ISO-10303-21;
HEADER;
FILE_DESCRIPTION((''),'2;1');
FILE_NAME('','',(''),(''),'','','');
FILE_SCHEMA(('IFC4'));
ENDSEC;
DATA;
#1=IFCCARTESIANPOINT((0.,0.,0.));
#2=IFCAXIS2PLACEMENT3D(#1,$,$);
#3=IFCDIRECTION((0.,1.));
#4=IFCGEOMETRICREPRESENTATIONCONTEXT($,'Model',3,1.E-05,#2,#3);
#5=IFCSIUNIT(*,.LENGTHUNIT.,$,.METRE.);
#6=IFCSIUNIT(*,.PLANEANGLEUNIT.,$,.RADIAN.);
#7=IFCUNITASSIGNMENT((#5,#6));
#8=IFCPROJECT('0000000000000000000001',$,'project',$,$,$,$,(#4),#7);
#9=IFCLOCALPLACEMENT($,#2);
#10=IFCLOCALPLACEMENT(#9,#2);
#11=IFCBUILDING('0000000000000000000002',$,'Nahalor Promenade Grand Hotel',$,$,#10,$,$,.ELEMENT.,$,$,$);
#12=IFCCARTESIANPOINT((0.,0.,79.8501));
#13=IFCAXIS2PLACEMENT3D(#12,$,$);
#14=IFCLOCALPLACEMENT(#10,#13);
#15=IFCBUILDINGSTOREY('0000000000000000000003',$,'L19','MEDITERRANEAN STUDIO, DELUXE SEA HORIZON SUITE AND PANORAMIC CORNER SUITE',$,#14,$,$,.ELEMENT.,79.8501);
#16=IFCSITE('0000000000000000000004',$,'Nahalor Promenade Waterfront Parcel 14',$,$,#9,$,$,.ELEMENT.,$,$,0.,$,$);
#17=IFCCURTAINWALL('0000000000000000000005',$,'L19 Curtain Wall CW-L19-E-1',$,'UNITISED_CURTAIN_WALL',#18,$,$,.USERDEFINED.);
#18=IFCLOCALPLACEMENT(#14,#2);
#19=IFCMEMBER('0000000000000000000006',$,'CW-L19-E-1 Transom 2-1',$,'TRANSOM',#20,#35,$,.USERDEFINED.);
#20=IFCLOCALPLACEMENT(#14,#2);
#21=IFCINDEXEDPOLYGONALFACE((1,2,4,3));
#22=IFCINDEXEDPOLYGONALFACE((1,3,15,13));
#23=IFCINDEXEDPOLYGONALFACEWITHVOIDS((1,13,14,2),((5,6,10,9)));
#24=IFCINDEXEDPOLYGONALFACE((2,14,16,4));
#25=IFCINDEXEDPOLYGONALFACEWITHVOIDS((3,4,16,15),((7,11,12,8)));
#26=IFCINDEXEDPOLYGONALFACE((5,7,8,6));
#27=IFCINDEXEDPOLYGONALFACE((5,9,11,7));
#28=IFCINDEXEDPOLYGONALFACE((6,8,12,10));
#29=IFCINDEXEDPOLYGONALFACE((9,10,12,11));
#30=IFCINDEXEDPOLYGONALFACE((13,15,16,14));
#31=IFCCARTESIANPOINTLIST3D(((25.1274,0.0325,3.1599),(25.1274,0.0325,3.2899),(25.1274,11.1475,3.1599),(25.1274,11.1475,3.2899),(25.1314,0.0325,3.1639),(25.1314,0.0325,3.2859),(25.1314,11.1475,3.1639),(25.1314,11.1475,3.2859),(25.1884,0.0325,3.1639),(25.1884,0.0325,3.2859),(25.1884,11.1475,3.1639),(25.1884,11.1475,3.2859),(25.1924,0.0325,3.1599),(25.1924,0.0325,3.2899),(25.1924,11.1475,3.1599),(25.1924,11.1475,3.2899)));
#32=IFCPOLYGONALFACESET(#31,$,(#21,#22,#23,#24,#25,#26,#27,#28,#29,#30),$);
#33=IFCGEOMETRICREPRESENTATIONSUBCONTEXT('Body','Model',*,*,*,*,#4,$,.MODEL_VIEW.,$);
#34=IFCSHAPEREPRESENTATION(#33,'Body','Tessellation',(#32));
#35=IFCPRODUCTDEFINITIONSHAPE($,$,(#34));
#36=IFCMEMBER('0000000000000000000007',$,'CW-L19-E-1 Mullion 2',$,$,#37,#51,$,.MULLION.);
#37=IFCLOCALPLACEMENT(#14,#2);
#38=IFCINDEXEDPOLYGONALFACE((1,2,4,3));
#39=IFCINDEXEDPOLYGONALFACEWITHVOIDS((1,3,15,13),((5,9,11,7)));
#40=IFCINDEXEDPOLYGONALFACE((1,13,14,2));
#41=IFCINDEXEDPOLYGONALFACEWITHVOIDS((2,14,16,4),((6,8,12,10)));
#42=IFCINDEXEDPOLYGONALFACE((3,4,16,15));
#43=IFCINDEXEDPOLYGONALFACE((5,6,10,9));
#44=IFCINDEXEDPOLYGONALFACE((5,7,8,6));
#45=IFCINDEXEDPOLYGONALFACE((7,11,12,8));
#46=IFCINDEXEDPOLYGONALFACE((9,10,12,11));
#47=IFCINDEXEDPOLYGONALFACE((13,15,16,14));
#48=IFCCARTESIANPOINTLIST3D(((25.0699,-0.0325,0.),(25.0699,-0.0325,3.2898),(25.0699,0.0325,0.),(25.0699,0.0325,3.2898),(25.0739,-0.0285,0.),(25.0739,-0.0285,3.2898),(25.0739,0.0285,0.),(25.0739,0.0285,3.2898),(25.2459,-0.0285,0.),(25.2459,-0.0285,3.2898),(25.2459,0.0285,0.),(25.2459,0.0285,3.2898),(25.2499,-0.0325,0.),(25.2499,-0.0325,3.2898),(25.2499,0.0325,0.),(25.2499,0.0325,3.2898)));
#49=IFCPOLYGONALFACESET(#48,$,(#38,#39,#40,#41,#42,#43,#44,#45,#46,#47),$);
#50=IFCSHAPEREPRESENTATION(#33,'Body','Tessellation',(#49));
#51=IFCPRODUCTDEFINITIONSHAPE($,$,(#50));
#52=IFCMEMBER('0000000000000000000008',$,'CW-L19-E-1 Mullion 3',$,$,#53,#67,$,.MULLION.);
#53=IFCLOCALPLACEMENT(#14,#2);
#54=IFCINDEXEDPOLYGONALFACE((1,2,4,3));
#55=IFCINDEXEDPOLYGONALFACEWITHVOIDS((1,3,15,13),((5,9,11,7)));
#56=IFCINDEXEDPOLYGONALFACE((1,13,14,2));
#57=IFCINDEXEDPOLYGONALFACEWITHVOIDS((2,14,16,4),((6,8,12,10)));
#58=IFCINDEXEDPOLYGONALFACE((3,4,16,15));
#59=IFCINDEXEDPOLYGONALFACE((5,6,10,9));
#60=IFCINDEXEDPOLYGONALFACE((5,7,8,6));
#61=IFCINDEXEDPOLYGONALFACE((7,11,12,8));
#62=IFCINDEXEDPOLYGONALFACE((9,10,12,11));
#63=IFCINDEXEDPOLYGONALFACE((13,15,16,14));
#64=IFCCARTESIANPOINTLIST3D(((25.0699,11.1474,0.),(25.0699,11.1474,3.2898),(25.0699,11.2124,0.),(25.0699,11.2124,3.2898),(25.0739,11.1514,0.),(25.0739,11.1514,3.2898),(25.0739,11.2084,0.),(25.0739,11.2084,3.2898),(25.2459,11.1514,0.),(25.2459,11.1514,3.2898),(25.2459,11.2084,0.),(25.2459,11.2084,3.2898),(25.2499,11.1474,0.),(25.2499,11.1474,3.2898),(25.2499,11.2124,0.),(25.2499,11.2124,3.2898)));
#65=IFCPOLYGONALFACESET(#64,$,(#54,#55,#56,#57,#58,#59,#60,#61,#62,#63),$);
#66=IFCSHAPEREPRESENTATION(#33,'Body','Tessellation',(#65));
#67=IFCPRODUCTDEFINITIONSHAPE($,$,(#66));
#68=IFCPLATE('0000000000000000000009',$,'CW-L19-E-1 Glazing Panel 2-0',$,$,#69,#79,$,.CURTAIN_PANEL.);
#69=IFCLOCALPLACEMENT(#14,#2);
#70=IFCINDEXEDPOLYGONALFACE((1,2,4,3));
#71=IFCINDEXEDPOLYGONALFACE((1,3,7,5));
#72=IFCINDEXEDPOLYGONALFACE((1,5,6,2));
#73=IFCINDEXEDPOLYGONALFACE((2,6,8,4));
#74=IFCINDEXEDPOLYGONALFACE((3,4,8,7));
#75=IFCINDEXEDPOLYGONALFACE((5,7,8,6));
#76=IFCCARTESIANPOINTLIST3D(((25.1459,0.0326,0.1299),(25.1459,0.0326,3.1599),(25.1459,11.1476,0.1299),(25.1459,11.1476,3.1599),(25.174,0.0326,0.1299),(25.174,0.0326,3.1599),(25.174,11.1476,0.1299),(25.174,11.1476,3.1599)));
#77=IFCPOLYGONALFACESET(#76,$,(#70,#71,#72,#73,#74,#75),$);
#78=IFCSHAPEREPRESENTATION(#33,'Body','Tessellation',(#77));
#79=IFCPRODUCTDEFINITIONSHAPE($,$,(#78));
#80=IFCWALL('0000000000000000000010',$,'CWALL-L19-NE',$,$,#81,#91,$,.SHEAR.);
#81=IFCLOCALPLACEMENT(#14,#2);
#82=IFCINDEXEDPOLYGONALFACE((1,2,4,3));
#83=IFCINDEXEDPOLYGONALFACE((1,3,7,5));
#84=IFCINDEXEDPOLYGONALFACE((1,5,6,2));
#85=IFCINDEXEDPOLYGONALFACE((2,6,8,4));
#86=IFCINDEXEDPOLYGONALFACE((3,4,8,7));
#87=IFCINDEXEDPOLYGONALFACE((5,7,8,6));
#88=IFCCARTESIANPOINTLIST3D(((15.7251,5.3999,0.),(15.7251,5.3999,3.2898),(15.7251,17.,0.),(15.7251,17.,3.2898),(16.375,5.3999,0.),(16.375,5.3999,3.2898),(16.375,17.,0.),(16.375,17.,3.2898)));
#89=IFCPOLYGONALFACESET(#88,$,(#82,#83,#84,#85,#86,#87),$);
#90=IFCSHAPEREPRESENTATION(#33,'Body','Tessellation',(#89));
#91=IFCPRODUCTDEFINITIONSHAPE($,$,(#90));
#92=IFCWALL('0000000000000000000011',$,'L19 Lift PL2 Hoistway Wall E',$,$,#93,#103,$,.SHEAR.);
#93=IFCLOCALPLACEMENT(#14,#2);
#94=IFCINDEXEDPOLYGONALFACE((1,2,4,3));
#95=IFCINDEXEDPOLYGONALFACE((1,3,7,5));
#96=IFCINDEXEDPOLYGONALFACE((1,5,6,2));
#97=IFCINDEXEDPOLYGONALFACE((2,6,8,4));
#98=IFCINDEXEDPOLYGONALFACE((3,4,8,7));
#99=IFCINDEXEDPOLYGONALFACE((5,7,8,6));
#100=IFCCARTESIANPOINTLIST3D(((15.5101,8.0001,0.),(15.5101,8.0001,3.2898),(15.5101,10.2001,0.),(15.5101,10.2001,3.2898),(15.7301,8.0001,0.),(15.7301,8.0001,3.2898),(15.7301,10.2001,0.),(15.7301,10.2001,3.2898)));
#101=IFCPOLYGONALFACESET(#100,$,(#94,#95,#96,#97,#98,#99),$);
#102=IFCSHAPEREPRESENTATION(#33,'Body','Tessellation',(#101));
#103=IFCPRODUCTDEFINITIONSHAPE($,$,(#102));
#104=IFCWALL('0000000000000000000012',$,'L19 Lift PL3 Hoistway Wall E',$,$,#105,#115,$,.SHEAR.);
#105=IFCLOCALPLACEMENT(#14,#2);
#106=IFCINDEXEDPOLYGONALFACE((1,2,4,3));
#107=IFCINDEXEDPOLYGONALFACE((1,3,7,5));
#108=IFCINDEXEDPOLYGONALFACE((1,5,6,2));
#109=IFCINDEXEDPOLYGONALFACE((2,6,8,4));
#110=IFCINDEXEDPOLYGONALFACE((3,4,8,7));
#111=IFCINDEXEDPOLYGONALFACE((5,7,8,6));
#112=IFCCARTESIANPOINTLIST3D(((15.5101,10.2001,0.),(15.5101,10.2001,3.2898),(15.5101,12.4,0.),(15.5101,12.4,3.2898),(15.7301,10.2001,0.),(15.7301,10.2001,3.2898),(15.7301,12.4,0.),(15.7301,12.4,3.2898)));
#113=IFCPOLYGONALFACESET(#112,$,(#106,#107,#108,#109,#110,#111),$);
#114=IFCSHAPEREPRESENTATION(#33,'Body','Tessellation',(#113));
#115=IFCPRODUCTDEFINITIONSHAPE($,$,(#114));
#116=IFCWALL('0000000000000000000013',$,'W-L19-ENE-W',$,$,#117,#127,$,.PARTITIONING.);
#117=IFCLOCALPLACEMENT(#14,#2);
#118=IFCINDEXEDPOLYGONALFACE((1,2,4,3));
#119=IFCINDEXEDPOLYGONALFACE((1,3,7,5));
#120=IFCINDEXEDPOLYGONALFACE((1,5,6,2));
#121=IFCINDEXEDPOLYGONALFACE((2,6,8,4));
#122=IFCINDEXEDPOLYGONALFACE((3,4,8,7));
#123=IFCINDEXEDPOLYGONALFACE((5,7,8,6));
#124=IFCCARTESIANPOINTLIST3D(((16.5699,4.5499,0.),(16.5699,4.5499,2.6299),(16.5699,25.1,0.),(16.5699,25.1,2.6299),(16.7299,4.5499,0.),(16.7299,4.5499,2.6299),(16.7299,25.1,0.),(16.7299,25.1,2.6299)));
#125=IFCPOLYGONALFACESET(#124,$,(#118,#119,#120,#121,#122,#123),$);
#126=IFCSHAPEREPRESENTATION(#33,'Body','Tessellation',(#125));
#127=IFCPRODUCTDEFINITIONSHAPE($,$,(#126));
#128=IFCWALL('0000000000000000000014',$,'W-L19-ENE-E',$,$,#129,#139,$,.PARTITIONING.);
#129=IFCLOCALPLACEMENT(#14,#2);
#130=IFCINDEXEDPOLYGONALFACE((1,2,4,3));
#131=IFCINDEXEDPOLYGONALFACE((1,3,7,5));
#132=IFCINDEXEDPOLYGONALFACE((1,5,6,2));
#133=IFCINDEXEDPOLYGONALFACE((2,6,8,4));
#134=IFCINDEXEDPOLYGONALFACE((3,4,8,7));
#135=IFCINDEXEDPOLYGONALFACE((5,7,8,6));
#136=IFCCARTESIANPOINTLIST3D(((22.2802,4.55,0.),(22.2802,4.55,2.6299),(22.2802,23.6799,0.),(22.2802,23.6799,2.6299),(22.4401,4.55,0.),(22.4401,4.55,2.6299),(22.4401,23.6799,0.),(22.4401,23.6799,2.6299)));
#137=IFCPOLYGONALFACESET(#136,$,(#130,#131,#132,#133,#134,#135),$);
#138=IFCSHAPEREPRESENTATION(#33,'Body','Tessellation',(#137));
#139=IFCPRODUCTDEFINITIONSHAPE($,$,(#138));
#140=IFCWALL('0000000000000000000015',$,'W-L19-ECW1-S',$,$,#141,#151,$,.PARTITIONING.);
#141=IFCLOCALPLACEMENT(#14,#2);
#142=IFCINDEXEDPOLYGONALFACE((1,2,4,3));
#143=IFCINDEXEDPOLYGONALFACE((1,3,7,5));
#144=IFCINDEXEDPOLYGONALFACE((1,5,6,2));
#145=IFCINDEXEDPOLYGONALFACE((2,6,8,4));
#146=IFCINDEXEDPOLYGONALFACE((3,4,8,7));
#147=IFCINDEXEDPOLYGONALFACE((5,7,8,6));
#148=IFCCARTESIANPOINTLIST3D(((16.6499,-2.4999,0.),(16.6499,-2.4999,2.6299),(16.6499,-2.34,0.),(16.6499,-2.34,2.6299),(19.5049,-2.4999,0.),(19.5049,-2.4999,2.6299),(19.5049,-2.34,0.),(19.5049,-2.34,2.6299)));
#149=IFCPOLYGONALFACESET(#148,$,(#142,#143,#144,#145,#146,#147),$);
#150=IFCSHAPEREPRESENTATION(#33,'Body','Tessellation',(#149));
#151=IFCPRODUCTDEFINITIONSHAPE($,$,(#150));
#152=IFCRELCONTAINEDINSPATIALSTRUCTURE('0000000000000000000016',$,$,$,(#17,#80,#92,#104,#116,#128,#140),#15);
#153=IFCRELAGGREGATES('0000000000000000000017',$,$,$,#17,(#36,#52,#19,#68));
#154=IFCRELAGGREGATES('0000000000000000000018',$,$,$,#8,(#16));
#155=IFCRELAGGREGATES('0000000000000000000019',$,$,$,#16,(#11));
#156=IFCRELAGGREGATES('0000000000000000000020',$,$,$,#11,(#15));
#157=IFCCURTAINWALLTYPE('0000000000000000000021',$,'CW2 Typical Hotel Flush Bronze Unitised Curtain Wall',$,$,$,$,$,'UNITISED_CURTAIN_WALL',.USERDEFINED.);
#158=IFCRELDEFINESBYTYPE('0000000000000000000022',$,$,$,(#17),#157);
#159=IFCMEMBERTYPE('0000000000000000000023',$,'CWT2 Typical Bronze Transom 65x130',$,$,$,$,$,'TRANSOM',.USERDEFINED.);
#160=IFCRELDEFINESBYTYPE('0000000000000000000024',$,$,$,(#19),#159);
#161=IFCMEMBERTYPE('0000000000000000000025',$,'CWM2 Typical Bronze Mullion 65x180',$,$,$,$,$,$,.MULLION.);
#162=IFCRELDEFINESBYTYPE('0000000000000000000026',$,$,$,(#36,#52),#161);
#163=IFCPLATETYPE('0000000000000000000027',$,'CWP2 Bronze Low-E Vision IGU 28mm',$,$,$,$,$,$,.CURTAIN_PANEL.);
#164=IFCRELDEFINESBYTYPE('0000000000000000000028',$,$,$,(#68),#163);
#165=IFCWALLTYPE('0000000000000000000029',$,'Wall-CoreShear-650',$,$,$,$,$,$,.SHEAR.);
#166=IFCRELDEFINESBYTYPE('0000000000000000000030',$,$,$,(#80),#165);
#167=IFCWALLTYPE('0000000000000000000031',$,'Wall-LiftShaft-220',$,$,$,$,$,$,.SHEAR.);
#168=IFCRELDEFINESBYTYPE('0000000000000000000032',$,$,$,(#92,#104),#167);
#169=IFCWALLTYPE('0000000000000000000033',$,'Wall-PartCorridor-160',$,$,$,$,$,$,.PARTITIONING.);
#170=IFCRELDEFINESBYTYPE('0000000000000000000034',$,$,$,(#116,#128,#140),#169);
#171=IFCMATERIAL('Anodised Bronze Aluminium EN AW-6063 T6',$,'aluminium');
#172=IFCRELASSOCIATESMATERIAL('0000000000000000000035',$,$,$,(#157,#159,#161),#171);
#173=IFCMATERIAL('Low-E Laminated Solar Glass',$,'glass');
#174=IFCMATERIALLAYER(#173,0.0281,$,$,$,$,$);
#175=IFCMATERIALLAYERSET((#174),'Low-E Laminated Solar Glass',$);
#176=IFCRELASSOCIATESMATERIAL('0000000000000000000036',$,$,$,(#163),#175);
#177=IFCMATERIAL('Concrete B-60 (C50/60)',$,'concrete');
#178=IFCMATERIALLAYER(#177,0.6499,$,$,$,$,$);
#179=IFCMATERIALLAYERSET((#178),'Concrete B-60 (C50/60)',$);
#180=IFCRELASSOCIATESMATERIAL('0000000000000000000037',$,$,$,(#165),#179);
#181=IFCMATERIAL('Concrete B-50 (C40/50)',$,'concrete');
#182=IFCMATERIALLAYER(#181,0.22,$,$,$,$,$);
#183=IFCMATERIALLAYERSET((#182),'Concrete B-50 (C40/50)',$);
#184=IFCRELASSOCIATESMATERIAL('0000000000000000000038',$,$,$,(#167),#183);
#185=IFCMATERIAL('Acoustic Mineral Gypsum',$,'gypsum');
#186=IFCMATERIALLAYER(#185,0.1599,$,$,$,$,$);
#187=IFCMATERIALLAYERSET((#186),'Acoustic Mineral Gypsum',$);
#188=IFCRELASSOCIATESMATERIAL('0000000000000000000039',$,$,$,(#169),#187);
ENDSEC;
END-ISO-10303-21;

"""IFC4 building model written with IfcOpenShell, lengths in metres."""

from ifc_helpers import new_model, si_unit, direction, frame, frame_2d, origin, origin_2d, place, context, subcontext, project, spatial, rectangle, hollow_rectangle, extrude, source, transform, mapped, material, layer, layer_set, material_profile, profile_set, type_object, element, aggregate, save


model = new_model("IFC4")

# Units and contexts
model_context = context("Model", 3, precision=1e-05, world=origin(), true_north=direction((0.0, 1.0)))
body_context = subcontext(model_context, "Body", "Model", "MODEL_VIEW")
ifc_project = project(units=[si_unit("LENGTHUNIT", "METRE"), si_unit("PLANEANGLEUNIT", "RADIAN")], contexts=[model_context])

# Site, building, storey
site_placement = place(None, origin())
site = spatial("IfcSite", under=ifc_project, at=site_placement, Name="Nahalor Promenade Waterfront Parcel 14", CompositionType="ELEMENT", RefElevation=0.0)
building_placement = place(site_placement, origin())
building = spatial("IfcBuilding", under=site, at=building_placement, Name="Nahalor Promenade Grand Hotel", CompositionType="ELEMENT")
storey_placement = place(building_placement, frame((0.0, 0.0, 79.8501)))
storey = spatial("IfcBuildingStorey", under=building, at=storey_placement, Name="L19", Description="MEDITERRANEAN STUDIO, DELUXE SEA HORIZON SUITE AND PANORAMIC CORNER SUITE", CompositionType="ELEMENT", Elevation=79.8501)

# Curtain wall, members, plate
ifc_material_1 = material(Name="Anodised Bronze Aluminium EN AW-6063 T6", Category="aluminium")
curtain_wall_type = type_object("IfcCurtainWallType", Name="CW2 Typical Hotel Flush Bronze Unitised Curtain Wall", ElementType="UNITISED_CURTAIN_WALL", PredefinedType="USERDEFINED", material=ifc_material_1)
curtain_wall_placement = place(storey_placement, origin())
curtain_wall = element("IfcCurtainWall", 1, at=curtain_wall_placement, inside=storey, type_object=curtain_wall_type, Name="L19 Curtain Wall CW-L19-E-1", ObjectType="UNITISED_CURTAIN_WALL", PredefinedType="USERDEFINED")
ifc_material_profile_1 = material_profile(ifc_material_1, hollow_rectangle(XDim=0.065, YDim=0.13, WallThickness=0.004, at=origin_2d()), Name="CWT 65x130x4")
ifc_profile_set_1 = profile_set([ifc_material_profile_1], Name="Anodised Bronze Aluminium EN AW-6063 T6")
member_type_1 = type_object("IfcMemberType", Name="CWT2 Typical Bronze Transom 65x130", ElementType="TRANSOM", PredefinedType="USERDEFINED", material=ifc_profile_set_1)
shared_shape_1 = source(origin(), body_context, "Body", "SweptSolid", [
    extrude(hollow_rectangle(XDim=0.065, YDim=0.13, WallThickness=0.004, at=origin_2d()), origin(), (0.0, 0.0, 1.0), 11.115),
])
member_1_placement = place(storey_placement, frame((25.1599, 0.0325, 3.2249), z_axis=(0.0, 1.0, 0.0), x_axis=(-1.0, 0.0, 0.0)))
member_1 = element("IfcMember", 2, at=member_1_placement, type_object=member_type_1, Name="CW-L19-E-1 Transom 2-1", ObjectType="TRANSOM", PredefinedType="USERDEFINED", context=body_context, shape_type="MappedRepresentation", body=[
    mapped(shared_shape_1, transform((0.0, 0.0, 0.0), scale=1.0)),
])
ifc_material_profile_2 = material_profile(ifc_material_1, hollow_rectangle(XDim=0.065, YDim=0.18, WallThickness=0.004, at=origin_2d()), Name="CWM 65x180x4")
ifc_profile_set_2 = profile_set([ifc_material_profile_2], Name="Anodised Bronze Aluminium EN AW-6063 T6")
member_type_2 = type_object("IfcMemberType", Name="CWM2 Typical Bronze Mullion 65x180", PredefinedType="MULLION", material=ifc_profile_set_2)
shared_shape_2 = source(origin(), body_context, "Body", "SweptSolid", [
    extrude(hollow_rectangle(XDim=0.065, YDim=0.18, WallThickness=0.004, at=origin_2d()), origin(), (0.0, 0.0, 1.0), 3.2898),
])
member_2_placement = place(storey_placement, frame((25.1599, 0.0, 0.0), z_axis=(0.0, 0.0, 1.0), x_axis=(0.0, 1.0, 0.0)))
member_2 = element("IfcMember", 3, at=member_2_placement, type_object=member_type_2, Name="CW-L19-E-1 Mullion 2", PredefinedType="MULLION", context=body_context, shape_type="MappedRepresentation", body=[
    mapped(shared_shape_2, transform((0.0, 0.0, 0.0), scale=1.0)),
])
member_3_placement = place(storey_placement, frame((25.1599, 11.1799, 0.0), z_axis=(0.0, 0.0, 1.0), x_axis=(0.0, 1.0, 0.0)))
member_3 = element("IfcMember", 4, at=member_3_placement, type_object=member_type_2, Name="CW-L19-E-1 Mullion 3", PredefinedType="MULLION", context=body_context, shape_type="MappedRepresentation", body=[
    mapped(shared_shape_2, transform((0.0, 0.0, 0.0), scale=1.0)),
])
ifc_material_2 = material(Name="Low-E Laminated Solar Glass", Category="glass")
ifc_layer_1 = layer(ifc_material_2, 0.0281)
ifc_layer_set_1 = layer_set([ifc_layer_1], Name="Low-E Laminated Solar Glass")
plate_type = type_object("IfcPlateType", Name="CWP2 Bronze Low-E Vision IGU 28mm", PredefinedType="CURTAIN_PANEL", material=ifc_layer_set_1)
shared_shape_3 = source(origin(), body_context, "Body", "SweptSolid", [
    extrude(rectangle(XDim=11.115, YDim=0.0281, at=origin_2d()), origin(), (0.0, 0.0, 1.0), 3.03),
])
plate_placement = place(storey_placement, frame((25.1599, 5.5901, 0.1299), z_axis=(0.0, 0.0, 1.0), x_axis=(0.0, 1.0, 0.0)))
plate = element("IfcPlate", 5, at=plate_placement, type_object=plate_type, Name="CW-L19-E-1 Glazing Panel 2-0", PredefinedType="CURTAIN_PANEL", context=body_context, shape_type="MappedRepresentation", body=[
    mapped(shared_shape_3, transform((0.0, 0.0, 0.0), scale=1.0)),
])
aggregate(curtain_wall, [member_2, member_3, member_1, plate])

# Walls
ifc_material_3 = material(Name="Concrete B-60 (C50/60)", Category="concrete")
ifc_layer_2 = layer(ifc_material_3, 0.6499)
ifc_layer_set_2 = layer_set([ifc_layer_2], Name="Concrete B-60 (C50/60)")
wall_type_1 = type_object("IfcWallType", Name="Wall-CoreShear-650", PredefinedType="SHEAR", material=ifc_layer_set_2)
shared_shape_4 = source(origin(), body_context, "Body", "SweptSolid", [
    extrude(rectangle(XDim=11.6001, YDim=0.6499, at=frame_2d((5.8, 0.0))), origin(), (0.0, 0.0, 1.0), 3.2898),
])
wall_1_placement = place(storey_placement, frame((16.05, 5.3999, 0.0), z_axis=(0.0, 0.0, 1.0), x_axis=(0.0, 1.0, 0.0)))
element("IfcWall", 6, at=wall_1_placement, inside=storey, type_object=wall_type_1, Name="CWALL-L19-NE", PredefinedType="SHEAR", context=body_context, shape_type="MappedRepresentation", body=[
    mapped(shared_shape_4, transform((0.0, 0.0, 0.0), scale=1.0)),
])
ifc_material_4 = material(Name="Concrete B-50 (C40/50)", Category="concrete")
ifc_layer_3 = layer(ifc_material_4, 0.22)
ifc_layer_set_3 = layer_set([ifc_layer_3], Name="Concrete B-50 (C40/50)")
wall_type_2 = type_object("IfcWallType", Name="Wall-LiftShaft-220", PredefinedType="SHEAR", material=ifc_layer_set_3)
shared_shape_5 = source(origin(), body_context, "Body", "SweptSolid", [
    extrude(rectangle(XDim=2.2, YDim=0.22, at=frame_2d((1.1001, 0.0))), origin(), (0.0, 0.0, 1.0), 3.2898),
])
for number, where, z_axis, x_axis, name in (
    (7, (15.6201, 8.0, 0.0), (0.0, 0.0, 1.0), (0.0, 1.0, 0.0), "L19 Lift PL2 Hoistway Wall E"),
    (8, (15.6201, 10.2, 0.0), (0.0, 0.0, 1.0), (0.0, 1.0, 0.0), "L19 Lift PL3 Hoistway Wall E"),
):
    element("IfcWall", number, at=place(storey_placement, frame(where, z_axis=z_axis, x_axis=x_axis)), inside=storey, type_object=wall_type_2, Name=name, PredefinedType="SHEAR", context=body_context, shape_type="MappedRepresentation", body=[
        mapped(shared_shape_5, transform((0.0, 0.0, 0.0), scale=1.0)),
    ])

# Shared definitions
ifc_material_5 = material(Name="Acoustic Mineral Gypsum", Category="gypsum")
ifc_layer_4 = layer(ifc_material_5, 0.1599)
ifc_layer_set_4 = layer_set([ifc_layer_4], Name="Acoustic Mineral Gypsum")
wall_type_3 = type_object("IfcWallType", Name="Wall-PartCorridor-160", PredefinedType="PARTITIONING", material=ifc_layer_set_4)

# Walls
shared_shape_6 = source(origin(), body_context, "Body", "SweptSolid", [
    extrude(rectangle(XDim=20.55, YDim=0.1599, at=frame_2d((10.2749, 0.0))), origin(), (0.0, 0.0, 1.0), 2.6299),
])
wall_2_placement = place(storey_placement, frame((16.6499, 4.55, 0.0), z_axis=(0.0, 0.0, 1.0), x_axis=(0.0, 1.0, 0.0)))
element("IfcWall", 9, at=wall_2_placement, inside=storey, type_object=wall_type_3, Name="W-L19-ENE-W", PredefinedType="PARTITIONING", context=body_context, shape_type="MappedRepresentation", body=[
    mapped(shared_shape_6, transform((0.0, 0.0, 0.0), scale=1.0)),
])
shared_shape_7 = source(origin(), body_context, "Body", "SweptSolid", [
    extrude(rectangle(XDim=19.1299, YDim=0.1599, at=frame_2d((9.5649, 0.0))), origin(), (0.0, 0.0, 1.0), 2.6299),
])
wall_3_placement = place(storey_placement, frame((22.3601, 4.55, 0.0), z_axis=(0.0, 0.0, 1.0), x_axis=(0.0, 1.0, 0.0)))
element("IfcWall", 10, at=wall_3_placement, inside=storey, type_object=wall_type_3, Name="W-L19-ENE-E", PredefinedType="PARTITIONING", context=body_context, shape_type="MappedRepresentation", body=[
    mapped(shared_shape_7, transform((0.0, 0.0, 0.0), scale=1.0)),
])
shared_shape_8 = source(origin(), body_context, "Body", "SweptSolid", [
    extrude(rectangle(XDim=2.855, YDim=0.1599, at=frame_2d((1.4275, 0.0))), origin(), (0.0, 0.0, 1.0), 2.6299),
])
wall_4_placement = place(storey_placement, frame((16.6499, -2.4199, 0.0), z_axis=(0.0, 0.0, 1.0), x_axis=(1.0, 0.0, 0.0)))
element("IfcWall", 11, at=wall_4_placement, inside=storey, type_object=wall_type_3, Name="W-L19-ECW1-S", PredefinedType="PARTITIONING", context=body_context, shape_type="MappedRepresentation", body=[
    mapped(shared_shape_8, transform((0.0, 0.0, 0.0), scale=1.0)),
])

save(model, "model.ifc")
